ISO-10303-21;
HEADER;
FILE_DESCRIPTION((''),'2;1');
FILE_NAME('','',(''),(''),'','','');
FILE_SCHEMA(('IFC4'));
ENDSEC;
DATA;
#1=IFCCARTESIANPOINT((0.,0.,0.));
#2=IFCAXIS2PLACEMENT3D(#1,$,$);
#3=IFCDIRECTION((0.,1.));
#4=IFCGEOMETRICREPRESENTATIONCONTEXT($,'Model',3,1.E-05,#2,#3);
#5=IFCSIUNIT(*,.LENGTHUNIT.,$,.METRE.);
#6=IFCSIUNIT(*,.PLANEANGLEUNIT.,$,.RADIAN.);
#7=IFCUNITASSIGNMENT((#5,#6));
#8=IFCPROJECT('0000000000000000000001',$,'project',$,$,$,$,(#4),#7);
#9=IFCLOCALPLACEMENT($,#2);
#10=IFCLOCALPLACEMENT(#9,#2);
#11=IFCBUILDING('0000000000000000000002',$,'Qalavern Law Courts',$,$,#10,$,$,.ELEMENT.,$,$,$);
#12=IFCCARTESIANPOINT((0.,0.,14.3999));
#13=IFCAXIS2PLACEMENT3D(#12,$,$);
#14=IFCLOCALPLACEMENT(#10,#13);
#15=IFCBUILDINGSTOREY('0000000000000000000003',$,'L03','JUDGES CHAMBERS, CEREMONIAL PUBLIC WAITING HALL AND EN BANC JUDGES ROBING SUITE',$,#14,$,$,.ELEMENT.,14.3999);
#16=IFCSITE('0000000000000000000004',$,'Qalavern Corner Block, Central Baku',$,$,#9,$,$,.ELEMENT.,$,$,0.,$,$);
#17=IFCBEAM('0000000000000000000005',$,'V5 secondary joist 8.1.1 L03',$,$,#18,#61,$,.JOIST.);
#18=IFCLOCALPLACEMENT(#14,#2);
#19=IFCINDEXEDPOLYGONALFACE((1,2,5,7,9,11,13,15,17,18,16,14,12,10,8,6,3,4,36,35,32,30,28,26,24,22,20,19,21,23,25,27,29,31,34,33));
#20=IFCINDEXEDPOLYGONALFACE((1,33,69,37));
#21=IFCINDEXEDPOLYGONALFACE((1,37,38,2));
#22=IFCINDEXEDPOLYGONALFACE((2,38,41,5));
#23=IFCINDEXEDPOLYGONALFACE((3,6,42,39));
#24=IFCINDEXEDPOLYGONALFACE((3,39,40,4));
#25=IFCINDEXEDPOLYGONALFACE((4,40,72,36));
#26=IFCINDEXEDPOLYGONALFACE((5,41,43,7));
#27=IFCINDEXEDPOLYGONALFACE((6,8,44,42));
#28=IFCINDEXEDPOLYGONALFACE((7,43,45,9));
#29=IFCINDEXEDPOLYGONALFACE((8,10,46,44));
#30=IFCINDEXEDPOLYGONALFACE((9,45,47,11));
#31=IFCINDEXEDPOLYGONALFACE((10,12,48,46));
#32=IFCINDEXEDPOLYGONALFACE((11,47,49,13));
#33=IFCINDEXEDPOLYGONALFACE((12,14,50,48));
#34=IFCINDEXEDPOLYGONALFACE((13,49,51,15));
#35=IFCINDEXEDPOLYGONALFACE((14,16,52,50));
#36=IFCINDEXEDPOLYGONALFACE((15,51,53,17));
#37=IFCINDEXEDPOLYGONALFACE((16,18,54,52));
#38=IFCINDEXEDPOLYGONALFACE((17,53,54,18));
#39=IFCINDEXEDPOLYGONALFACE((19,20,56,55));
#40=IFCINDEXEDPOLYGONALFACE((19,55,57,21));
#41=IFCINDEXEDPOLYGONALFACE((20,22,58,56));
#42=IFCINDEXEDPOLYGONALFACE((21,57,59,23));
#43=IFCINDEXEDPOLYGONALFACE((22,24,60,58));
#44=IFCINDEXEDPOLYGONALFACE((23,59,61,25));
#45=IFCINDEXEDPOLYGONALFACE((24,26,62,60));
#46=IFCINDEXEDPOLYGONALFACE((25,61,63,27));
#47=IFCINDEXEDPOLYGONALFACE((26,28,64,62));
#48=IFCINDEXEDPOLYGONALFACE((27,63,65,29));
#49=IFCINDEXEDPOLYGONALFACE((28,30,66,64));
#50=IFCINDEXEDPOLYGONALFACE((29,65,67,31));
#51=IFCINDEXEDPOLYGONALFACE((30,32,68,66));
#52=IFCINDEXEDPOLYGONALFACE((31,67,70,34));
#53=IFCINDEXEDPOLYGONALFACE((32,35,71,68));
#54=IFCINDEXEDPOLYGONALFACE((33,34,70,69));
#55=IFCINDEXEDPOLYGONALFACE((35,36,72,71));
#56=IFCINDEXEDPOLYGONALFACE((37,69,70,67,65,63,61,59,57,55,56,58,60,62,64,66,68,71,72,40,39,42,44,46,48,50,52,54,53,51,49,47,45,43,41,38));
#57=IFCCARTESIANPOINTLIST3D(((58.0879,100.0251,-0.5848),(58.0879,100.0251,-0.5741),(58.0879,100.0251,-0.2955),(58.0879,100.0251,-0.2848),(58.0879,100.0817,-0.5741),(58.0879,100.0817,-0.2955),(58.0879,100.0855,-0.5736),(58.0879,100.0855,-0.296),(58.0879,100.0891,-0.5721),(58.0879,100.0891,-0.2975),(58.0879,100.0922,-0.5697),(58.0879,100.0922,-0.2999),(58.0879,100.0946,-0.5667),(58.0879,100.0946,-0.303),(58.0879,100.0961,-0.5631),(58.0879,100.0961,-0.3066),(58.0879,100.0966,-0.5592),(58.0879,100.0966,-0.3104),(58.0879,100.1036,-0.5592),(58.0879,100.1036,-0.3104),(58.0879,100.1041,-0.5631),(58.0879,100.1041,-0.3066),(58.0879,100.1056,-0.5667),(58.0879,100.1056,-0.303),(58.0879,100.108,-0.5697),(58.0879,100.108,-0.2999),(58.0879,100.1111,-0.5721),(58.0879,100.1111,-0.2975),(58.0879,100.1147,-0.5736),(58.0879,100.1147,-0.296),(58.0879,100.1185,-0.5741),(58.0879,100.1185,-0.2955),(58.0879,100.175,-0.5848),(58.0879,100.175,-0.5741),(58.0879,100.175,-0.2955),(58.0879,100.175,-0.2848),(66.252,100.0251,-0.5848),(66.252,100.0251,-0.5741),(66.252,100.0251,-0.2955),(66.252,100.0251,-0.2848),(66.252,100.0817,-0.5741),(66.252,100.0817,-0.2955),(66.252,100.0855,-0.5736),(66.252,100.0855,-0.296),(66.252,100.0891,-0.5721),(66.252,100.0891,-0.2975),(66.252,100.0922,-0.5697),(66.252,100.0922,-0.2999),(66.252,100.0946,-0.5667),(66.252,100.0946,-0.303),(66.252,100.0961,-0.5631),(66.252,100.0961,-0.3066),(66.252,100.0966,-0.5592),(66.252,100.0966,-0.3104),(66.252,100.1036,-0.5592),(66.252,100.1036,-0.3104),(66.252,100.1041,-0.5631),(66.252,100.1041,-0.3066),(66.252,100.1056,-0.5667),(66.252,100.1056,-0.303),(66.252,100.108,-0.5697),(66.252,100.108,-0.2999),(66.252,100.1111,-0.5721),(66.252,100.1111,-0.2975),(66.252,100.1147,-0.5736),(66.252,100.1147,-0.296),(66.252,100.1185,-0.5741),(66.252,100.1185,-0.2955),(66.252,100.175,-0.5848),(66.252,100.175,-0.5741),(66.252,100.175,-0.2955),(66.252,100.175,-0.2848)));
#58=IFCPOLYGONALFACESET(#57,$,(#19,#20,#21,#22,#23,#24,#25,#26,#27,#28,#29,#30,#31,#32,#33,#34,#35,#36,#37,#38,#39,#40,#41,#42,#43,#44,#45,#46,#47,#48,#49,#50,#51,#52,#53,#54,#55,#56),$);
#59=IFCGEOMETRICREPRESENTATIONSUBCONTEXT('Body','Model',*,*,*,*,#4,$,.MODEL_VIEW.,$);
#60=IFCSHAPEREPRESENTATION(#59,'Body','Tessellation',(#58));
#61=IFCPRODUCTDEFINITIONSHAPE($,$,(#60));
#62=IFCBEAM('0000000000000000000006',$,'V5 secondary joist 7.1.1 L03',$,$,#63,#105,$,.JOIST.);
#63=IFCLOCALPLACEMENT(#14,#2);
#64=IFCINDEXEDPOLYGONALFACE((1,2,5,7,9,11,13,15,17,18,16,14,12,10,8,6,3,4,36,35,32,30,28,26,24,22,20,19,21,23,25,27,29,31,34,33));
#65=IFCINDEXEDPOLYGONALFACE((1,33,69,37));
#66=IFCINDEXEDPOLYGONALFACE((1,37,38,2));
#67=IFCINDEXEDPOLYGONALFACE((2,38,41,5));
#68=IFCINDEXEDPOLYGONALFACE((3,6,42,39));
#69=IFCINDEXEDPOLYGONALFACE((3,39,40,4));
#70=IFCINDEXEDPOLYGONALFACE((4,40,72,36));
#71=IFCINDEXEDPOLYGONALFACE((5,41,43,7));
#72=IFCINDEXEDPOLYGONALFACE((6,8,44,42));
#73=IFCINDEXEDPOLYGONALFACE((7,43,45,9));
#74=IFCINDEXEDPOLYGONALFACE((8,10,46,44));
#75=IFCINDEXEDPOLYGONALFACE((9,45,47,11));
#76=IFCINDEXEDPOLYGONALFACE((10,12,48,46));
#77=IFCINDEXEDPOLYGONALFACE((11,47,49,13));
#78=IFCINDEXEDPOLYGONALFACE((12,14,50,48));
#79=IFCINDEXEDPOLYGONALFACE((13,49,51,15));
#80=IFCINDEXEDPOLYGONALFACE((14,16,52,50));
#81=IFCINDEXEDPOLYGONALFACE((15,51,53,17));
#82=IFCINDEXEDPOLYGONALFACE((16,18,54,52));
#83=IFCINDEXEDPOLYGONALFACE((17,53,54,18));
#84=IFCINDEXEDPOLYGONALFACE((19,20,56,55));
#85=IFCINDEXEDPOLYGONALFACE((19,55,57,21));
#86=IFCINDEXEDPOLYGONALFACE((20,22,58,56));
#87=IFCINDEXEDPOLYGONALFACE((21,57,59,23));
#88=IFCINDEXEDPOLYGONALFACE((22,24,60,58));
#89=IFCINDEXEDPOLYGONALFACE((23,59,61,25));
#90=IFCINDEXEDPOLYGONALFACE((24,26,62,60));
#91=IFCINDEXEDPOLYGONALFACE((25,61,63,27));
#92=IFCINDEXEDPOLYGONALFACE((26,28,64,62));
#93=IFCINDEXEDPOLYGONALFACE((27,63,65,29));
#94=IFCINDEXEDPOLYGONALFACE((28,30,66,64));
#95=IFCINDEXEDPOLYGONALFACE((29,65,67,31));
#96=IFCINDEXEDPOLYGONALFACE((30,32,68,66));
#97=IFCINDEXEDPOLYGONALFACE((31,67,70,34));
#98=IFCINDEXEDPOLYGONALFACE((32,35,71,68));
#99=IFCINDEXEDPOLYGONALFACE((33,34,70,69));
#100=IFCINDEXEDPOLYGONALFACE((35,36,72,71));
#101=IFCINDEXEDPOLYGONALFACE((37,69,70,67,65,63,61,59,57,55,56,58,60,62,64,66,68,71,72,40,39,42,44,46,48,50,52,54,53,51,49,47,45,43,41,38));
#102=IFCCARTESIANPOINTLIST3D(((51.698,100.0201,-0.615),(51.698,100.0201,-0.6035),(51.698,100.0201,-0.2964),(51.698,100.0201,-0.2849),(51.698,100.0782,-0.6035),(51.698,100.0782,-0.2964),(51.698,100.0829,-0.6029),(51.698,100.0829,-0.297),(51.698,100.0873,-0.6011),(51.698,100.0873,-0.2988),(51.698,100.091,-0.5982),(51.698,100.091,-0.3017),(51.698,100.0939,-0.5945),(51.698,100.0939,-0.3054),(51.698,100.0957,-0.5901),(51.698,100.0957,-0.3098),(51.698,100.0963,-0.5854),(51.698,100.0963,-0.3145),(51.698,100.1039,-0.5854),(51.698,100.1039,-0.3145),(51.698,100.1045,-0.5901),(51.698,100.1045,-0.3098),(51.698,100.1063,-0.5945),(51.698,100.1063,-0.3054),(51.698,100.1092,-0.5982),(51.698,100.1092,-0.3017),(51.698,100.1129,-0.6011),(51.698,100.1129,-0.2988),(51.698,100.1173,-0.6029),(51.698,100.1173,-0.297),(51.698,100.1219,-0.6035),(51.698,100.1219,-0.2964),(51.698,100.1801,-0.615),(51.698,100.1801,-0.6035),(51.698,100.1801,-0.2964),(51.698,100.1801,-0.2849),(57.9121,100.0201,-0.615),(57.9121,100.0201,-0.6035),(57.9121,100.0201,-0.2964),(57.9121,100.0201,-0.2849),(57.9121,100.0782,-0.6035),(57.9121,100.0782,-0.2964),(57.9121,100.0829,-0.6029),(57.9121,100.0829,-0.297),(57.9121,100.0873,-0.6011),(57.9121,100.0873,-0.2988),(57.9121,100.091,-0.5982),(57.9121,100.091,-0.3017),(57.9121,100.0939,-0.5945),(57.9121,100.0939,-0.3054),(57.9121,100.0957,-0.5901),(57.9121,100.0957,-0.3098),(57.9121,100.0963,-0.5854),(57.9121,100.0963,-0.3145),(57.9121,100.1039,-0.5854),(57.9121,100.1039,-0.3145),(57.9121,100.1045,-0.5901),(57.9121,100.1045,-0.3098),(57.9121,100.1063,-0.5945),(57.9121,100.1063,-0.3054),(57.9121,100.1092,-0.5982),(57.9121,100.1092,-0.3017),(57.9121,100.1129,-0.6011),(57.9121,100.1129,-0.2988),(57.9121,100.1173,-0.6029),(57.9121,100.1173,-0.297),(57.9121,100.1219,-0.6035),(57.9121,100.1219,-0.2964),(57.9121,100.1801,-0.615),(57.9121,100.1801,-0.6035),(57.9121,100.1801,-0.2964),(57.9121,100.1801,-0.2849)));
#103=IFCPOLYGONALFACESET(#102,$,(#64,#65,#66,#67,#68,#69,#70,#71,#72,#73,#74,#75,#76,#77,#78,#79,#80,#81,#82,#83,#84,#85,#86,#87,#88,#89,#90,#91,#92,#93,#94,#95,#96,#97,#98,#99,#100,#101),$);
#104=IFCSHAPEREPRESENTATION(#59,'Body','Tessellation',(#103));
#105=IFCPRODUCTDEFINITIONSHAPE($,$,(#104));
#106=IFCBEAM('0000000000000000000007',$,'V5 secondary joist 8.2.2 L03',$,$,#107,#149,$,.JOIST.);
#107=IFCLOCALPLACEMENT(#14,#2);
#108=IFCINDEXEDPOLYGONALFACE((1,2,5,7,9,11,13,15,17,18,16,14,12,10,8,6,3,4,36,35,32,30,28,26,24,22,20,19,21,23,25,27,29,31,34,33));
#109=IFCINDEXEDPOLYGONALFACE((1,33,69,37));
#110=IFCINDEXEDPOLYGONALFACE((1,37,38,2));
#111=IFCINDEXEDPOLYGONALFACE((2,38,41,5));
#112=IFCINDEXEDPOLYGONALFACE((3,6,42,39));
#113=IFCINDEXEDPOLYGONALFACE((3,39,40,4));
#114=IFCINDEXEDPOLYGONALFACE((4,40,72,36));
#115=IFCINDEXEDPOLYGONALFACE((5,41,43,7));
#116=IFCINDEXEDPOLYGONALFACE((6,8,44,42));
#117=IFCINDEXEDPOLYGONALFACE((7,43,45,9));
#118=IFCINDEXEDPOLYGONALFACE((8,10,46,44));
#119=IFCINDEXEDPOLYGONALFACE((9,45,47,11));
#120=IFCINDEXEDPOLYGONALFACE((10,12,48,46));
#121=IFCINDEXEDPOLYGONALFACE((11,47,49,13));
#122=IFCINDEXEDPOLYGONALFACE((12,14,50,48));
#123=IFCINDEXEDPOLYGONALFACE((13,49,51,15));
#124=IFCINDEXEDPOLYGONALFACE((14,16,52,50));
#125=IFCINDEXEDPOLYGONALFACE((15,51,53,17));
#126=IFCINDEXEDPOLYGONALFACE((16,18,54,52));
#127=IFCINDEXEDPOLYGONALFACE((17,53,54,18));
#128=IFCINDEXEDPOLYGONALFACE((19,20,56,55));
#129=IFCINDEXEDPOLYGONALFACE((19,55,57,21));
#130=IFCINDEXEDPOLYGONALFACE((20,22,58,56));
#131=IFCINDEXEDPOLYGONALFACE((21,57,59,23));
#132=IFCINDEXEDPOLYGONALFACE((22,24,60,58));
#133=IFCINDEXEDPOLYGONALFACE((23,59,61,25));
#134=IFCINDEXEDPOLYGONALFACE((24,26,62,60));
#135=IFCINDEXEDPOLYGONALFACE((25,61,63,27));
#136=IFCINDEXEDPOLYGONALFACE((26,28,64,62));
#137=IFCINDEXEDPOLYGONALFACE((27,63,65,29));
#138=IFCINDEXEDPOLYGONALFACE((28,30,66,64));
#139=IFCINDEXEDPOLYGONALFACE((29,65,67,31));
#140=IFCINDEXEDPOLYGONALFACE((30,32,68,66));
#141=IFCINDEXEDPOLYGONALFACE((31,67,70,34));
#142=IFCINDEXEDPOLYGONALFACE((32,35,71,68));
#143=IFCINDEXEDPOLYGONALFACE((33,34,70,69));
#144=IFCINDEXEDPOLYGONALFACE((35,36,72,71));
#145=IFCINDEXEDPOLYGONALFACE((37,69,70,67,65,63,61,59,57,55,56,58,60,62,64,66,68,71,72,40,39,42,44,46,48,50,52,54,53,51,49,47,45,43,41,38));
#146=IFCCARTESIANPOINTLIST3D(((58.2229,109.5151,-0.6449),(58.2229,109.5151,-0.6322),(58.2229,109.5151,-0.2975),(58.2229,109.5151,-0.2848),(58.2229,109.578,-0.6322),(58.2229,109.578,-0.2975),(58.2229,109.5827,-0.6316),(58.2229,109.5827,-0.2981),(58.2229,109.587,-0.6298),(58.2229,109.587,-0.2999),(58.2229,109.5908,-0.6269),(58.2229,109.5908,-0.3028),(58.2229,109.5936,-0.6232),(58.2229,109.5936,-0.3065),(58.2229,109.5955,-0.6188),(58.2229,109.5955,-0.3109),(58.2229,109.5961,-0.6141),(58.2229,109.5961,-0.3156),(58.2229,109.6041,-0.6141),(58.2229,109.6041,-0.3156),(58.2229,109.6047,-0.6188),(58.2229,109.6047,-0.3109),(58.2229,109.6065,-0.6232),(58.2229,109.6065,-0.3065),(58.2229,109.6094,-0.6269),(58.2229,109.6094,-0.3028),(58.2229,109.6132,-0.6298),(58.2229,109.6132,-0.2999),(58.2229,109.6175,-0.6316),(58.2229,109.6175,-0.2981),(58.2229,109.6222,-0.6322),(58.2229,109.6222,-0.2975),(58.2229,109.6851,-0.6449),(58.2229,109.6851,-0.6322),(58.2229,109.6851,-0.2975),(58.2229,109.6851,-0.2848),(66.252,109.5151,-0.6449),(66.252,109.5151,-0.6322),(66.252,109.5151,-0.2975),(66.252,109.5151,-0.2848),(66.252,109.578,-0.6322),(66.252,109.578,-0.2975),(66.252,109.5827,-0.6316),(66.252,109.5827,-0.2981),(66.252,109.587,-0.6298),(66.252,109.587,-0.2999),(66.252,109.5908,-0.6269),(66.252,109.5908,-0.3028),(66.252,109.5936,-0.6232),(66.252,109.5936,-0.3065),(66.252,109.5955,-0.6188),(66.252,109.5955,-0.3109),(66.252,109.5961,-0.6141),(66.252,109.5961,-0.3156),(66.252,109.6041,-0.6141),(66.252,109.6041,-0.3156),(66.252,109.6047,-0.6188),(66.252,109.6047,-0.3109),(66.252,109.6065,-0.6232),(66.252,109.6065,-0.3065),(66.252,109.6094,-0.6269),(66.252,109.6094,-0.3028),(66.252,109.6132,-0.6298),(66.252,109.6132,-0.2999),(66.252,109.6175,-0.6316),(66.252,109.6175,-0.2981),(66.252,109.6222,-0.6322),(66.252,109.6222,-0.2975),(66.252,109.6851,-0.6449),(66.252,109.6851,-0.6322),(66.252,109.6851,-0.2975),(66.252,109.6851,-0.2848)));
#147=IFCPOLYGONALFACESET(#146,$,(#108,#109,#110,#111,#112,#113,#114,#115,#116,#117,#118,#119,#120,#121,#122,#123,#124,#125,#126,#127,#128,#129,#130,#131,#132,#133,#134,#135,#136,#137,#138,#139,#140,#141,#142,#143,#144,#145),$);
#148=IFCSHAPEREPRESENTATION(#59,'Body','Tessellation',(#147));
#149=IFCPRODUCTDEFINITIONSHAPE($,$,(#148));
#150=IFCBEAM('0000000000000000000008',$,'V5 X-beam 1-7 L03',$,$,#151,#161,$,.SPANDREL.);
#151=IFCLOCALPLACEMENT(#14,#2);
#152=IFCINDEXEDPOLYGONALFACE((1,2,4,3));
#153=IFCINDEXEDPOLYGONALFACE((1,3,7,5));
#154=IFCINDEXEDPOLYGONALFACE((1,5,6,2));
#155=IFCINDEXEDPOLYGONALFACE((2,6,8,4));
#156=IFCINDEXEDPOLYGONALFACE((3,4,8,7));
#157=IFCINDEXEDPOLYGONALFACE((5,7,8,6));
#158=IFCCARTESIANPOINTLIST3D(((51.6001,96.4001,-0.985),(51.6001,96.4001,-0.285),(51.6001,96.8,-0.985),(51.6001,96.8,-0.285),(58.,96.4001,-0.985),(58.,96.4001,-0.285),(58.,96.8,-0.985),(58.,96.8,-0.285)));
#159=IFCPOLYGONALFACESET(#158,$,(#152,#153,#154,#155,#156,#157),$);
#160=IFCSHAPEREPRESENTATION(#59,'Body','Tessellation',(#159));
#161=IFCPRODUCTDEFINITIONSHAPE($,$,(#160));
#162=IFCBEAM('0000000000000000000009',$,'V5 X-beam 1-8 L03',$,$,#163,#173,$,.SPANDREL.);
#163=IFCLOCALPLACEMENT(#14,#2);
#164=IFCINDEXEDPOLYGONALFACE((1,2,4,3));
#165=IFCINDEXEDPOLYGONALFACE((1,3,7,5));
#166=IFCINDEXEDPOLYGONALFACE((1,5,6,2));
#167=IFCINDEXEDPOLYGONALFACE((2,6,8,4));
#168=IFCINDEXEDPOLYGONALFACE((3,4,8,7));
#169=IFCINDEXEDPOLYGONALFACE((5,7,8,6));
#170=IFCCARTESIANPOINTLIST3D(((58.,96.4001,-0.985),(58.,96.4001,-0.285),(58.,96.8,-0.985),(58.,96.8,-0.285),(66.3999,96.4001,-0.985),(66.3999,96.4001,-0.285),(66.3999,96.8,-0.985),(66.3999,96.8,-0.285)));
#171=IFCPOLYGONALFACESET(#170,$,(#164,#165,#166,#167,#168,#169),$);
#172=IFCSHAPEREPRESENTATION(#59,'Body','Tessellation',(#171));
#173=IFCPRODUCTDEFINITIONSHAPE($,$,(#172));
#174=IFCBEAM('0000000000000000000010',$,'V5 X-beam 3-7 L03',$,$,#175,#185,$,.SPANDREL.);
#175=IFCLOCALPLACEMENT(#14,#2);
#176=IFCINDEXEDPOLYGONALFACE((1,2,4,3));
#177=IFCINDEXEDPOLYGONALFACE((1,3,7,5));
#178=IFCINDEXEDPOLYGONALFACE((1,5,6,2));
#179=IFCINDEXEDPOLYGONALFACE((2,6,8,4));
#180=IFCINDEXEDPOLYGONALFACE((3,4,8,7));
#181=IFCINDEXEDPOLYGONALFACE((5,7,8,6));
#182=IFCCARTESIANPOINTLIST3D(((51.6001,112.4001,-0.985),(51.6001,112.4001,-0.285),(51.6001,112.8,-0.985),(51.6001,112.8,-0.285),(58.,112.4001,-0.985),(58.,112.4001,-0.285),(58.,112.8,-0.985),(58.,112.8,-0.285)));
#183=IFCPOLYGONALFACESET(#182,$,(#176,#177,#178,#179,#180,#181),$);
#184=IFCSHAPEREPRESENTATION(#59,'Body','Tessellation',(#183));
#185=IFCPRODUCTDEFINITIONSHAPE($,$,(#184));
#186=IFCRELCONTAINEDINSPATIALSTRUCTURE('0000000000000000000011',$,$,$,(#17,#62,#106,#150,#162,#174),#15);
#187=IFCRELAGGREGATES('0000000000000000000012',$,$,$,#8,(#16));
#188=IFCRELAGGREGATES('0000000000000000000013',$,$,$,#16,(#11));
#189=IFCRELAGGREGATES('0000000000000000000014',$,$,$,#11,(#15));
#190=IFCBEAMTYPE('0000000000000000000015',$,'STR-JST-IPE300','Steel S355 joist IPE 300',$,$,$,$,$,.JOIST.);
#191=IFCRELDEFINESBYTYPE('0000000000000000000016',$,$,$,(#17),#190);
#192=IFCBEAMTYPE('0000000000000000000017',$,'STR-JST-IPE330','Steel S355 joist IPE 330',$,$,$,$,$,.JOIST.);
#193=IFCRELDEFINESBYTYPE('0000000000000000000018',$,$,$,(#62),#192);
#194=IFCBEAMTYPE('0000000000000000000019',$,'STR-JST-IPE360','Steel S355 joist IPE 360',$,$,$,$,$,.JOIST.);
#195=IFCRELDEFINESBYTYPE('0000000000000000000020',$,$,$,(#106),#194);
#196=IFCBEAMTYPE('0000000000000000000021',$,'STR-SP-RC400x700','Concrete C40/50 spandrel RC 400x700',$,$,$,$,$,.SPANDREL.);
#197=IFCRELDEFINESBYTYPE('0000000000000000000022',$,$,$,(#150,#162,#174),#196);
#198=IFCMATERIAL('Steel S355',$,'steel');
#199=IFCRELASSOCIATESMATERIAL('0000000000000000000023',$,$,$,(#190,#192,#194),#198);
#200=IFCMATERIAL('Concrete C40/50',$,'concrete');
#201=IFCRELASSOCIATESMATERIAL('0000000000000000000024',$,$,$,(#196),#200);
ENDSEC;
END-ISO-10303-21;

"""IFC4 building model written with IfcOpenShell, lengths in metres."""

from ifc_helpers import new_model, si_unit, direction, frame, origin, origin_2d, place, context, subcontext, project, spatial, rectangle, i_section, extrude, material, material_profile, profile_set, type_object, element, save


model = new_model("IFC4")

# Units and contexts
model_context = context("Model", 3, precision=1e-05, world=origin(), true_north=direction((0.0, 1.0)))
body_context = subcontext(model_context, "Body", "Model", "MODEL_VIEW")
ifc_project = project(units=[si_unit("LENGTHUNIT", "METRE"), si_unit("PLANEANGLEUNIT", "RADIAN")], contexts=[model_context])

# Site, building, storey
site_placement = place(None, origin())
site = spatial("IfcSite", under=ifc_project, at=site_placement, Name="Qalavern Corner Block, Central Baku", CompositionType="ELEMENT", RefElevation=0.0)
building_placement = place(site_placement, origin())
building = spatial("IfcBuilding", under=site, at=building_placement, Name="Qalavern Law Courts", CompositionType="ELEMENT")
storey_placement = place(building_placement, frame((0.0, 0.0, 14.3999)))
storey = spatial("IfcBuildingStorey", under=building, at=storey_placement, Name="L03", Description="JUDGES CHAMBERS, CEREMONIAL PUBLIC WAITING HALL AND EN BANC JUDGES ROBING SUITE", CompositionType="ELEMENT", Elevation=14.3999)

# Beams
ifc_material_1 = material(Name="Steel S355", Category="steel")
ifc_material_2 = material(Name="Concrete C40/50", Category="concrete")
ifc_material_profile_1 = material_profile(ifc_material_1, i_section(OverallWidth=0.1499, OverallDepth=0.3, WebThickness=0.0071, FlangeThickness=0.0107, FilletRadius=0.0149, at=origin_2d()), Name="IPE 300")
ifc_profile_set_1 = profile_set([ifc_material_profile_1], Name="Steel S355")
beam_type_1 = type_object("IfcBeamType", Name="STR-JST-IPE300", Description="Steel S355 joist IPE 300", PredefinedType="JOIST", material=ifc_profile_set_1)
beam_1_placement = place(storey_placement, frame((58.0879, 100.1001, -0.4348), z_axis=(1.0, 0.0, 0.0), x_axis=(0.0, 1.0, 0.0)))
element("IfcBeam", 1, at=beam_1_placement, inside=storey, type_object=beam_type_1, Name="V5 secondary joist 8.1.1 L03", PredefinedType="JOIST", context=body_context, shape_type="SweptSolid", body=[
    extrude(i_section(OverallWidth=0.1499, OverallDepth=0.3, WebThickness=0.0071, FlangeThickness=0.0107, FilletRadius=0.0149, at=origin_2d()), origin(), (0.0, 0.0, 1.0), 8.1641),
])
ifc_material_profile_2 = material_profile(ifc_material_1, i_section(OverallWidth=0.1599, OverallDepth=0.3301, WebThickness=0.0076, FlangeThickness=0.0115, FilletRadius=0.0181, at=origin_2d()), Name="IPE 330")
ifc_profile_set_2 = profile_set([ifc_material_profile_2], Name="Steel S355")
beam_type_2 = type_object("IfcBeamType", Name="STR-JST-IPE330", Description="Steel S355 joist IPE 330", PredefinedType="JOIST", material=ifc_profile_set_2)
beam_2_placement = place(storey_placement, frame((51.698, 100.1001, -0.45), z_axis=(1.0, 0.0, 0.0), x_axis=(0.0, 1.0, 0.0)))
element("IfcBeam", 2, at=beam_2_placement, inside=storey, type_object=beam_type_2, Name="V5 secondary joist 7.1.1 L03", PredefinedType="JOIST", context=body_context, shape_type="SweptSolid", body=[
    extrude(i_section(OverallWidth=0.1599, OverallDepth=0.3301, WebThickness=0.0076, FlangeThickness=0.0115, FilletRadius=0.0181, at=origin_2d()), origin(), (0.0, 0.0, 1.0), 6.2141),
])
ifc_material_profile_3 = material_profile(ifc_material_1, i_section(OverallWidth=0.1699, OverallDepth=0.3601, WebThickness=0.0081, FlangeThickness=0.0127, FilletRadius=0.0181, at=origin_2d()), Name="IPE 360")
ifc_profile_set_3 = profile_set([ifc_material_profile_3], Name="Steel S355")
beam_type_3 = type_object("IfcBeamType", Name="STR-JST-IPE360", Description="Steel S355 joist IPE 360", PredefinedType="JOIST", material=ifc_profile_set_3)
beam_3_placement = place(storey_placement, frame((58.2229, 109.6001, -0.4648), z_axis=(1.0, 0.0, 0.0), x_axis=(0.0, 1.0, 0.0)))
element("IfcBeam", 3, at=beam_3_placement, inside=storey, type_object=beam_type_3, Name="V5 secondary joist 8.2.2 L03", PredefinedType="JOIST", context=body_context, shape_type="SweptSolid", body=[
    extrude(i_section(OverallWidth=0.1699, OverallDepth=0.3601, WebThickness=0.0081, FlangeThickness=0.0127, FilletRadius=0.0181, at=origin_2d()), origin(), (0.0, 0.0, 1.0), 8.0291),
])
ifc_material_profile_4 = material_profile(ifc_material_2, rectangle(XDim=0.3999, YDim=0.7, at=origin_2d()), Name="RC 400x700")
ifc_profile_set_4 = profile_set([ifc_material_profile_4], Name="Concrete C40/50")
beam_type_4 = type_object("IfcBeamType", Name="STR-SP-RC400x700", Description="Concrete C40/50 spandrel RC 400x700", PredefinedType="SPANDREL", material=ifc_profile_set_4)
beam_4_placement = place(storey_placement, frame((51.6001, 96.6001, -0.635), z_axis=(1.0, 0.0, 0.0), x_axis=(0.0, 1.0, 0.0)))
element("IfcBeam", 4, at=beam_4_placement, inside=storey, type_object=beam_type_4, Name="V5 X-beam 1-7 L03", PredefinedType="SPANDREL", context=body_context, shape_type="SweptSolid", body=[
    extrude(rectangle(XDim=0.3999, YDim=0.7, at=origin_2d()), origin(), (0.0, 0.0, 1.0), 6.3999),
])
beam_5_placement = place(storey_placement, frame((58.0, 96.6001, -0.635), z_axis=(1.0, 0.0, 0.0), x_axis=(0.0, 1.0, 0.0)))
element("IfcBeam", 5, at=beam_5_placement, inside=storey, type_object=beam_type_4, Name="V5 X-beam 1-8 L03", PredefinedType="SPANDREL", context=body_context, shape_type="SweptSolid", body=[
    extrude(rectangle(XDim=0.3999, YDim=0.7, at=origin_2d()), origin(), (0.0, 0.0, 1.0), 8.3999),
])
beam_6_placement = place(storey_placement, frame((51.6001, 112.6001, -0.635), z_axis=(1.0, 0.0, 0.0), x_axis=(0.0, 1.0, 0.0)))
element("IfcBeam", 6, at=beam_6_placement, inside=storey, type_object=beam_type_4, Name="V5 X-beam 3-7 L03", PredefinedType="SPANDREL", context=body_context, shape_type="SweptSolid", body=[
    extrude(rectangle(XDim=0.3999, YDim=0.7, at=origin_2d()), origin(), (0.0, 0.0, 1.0), 6.3999),
])

save(model, "model.ifc")
